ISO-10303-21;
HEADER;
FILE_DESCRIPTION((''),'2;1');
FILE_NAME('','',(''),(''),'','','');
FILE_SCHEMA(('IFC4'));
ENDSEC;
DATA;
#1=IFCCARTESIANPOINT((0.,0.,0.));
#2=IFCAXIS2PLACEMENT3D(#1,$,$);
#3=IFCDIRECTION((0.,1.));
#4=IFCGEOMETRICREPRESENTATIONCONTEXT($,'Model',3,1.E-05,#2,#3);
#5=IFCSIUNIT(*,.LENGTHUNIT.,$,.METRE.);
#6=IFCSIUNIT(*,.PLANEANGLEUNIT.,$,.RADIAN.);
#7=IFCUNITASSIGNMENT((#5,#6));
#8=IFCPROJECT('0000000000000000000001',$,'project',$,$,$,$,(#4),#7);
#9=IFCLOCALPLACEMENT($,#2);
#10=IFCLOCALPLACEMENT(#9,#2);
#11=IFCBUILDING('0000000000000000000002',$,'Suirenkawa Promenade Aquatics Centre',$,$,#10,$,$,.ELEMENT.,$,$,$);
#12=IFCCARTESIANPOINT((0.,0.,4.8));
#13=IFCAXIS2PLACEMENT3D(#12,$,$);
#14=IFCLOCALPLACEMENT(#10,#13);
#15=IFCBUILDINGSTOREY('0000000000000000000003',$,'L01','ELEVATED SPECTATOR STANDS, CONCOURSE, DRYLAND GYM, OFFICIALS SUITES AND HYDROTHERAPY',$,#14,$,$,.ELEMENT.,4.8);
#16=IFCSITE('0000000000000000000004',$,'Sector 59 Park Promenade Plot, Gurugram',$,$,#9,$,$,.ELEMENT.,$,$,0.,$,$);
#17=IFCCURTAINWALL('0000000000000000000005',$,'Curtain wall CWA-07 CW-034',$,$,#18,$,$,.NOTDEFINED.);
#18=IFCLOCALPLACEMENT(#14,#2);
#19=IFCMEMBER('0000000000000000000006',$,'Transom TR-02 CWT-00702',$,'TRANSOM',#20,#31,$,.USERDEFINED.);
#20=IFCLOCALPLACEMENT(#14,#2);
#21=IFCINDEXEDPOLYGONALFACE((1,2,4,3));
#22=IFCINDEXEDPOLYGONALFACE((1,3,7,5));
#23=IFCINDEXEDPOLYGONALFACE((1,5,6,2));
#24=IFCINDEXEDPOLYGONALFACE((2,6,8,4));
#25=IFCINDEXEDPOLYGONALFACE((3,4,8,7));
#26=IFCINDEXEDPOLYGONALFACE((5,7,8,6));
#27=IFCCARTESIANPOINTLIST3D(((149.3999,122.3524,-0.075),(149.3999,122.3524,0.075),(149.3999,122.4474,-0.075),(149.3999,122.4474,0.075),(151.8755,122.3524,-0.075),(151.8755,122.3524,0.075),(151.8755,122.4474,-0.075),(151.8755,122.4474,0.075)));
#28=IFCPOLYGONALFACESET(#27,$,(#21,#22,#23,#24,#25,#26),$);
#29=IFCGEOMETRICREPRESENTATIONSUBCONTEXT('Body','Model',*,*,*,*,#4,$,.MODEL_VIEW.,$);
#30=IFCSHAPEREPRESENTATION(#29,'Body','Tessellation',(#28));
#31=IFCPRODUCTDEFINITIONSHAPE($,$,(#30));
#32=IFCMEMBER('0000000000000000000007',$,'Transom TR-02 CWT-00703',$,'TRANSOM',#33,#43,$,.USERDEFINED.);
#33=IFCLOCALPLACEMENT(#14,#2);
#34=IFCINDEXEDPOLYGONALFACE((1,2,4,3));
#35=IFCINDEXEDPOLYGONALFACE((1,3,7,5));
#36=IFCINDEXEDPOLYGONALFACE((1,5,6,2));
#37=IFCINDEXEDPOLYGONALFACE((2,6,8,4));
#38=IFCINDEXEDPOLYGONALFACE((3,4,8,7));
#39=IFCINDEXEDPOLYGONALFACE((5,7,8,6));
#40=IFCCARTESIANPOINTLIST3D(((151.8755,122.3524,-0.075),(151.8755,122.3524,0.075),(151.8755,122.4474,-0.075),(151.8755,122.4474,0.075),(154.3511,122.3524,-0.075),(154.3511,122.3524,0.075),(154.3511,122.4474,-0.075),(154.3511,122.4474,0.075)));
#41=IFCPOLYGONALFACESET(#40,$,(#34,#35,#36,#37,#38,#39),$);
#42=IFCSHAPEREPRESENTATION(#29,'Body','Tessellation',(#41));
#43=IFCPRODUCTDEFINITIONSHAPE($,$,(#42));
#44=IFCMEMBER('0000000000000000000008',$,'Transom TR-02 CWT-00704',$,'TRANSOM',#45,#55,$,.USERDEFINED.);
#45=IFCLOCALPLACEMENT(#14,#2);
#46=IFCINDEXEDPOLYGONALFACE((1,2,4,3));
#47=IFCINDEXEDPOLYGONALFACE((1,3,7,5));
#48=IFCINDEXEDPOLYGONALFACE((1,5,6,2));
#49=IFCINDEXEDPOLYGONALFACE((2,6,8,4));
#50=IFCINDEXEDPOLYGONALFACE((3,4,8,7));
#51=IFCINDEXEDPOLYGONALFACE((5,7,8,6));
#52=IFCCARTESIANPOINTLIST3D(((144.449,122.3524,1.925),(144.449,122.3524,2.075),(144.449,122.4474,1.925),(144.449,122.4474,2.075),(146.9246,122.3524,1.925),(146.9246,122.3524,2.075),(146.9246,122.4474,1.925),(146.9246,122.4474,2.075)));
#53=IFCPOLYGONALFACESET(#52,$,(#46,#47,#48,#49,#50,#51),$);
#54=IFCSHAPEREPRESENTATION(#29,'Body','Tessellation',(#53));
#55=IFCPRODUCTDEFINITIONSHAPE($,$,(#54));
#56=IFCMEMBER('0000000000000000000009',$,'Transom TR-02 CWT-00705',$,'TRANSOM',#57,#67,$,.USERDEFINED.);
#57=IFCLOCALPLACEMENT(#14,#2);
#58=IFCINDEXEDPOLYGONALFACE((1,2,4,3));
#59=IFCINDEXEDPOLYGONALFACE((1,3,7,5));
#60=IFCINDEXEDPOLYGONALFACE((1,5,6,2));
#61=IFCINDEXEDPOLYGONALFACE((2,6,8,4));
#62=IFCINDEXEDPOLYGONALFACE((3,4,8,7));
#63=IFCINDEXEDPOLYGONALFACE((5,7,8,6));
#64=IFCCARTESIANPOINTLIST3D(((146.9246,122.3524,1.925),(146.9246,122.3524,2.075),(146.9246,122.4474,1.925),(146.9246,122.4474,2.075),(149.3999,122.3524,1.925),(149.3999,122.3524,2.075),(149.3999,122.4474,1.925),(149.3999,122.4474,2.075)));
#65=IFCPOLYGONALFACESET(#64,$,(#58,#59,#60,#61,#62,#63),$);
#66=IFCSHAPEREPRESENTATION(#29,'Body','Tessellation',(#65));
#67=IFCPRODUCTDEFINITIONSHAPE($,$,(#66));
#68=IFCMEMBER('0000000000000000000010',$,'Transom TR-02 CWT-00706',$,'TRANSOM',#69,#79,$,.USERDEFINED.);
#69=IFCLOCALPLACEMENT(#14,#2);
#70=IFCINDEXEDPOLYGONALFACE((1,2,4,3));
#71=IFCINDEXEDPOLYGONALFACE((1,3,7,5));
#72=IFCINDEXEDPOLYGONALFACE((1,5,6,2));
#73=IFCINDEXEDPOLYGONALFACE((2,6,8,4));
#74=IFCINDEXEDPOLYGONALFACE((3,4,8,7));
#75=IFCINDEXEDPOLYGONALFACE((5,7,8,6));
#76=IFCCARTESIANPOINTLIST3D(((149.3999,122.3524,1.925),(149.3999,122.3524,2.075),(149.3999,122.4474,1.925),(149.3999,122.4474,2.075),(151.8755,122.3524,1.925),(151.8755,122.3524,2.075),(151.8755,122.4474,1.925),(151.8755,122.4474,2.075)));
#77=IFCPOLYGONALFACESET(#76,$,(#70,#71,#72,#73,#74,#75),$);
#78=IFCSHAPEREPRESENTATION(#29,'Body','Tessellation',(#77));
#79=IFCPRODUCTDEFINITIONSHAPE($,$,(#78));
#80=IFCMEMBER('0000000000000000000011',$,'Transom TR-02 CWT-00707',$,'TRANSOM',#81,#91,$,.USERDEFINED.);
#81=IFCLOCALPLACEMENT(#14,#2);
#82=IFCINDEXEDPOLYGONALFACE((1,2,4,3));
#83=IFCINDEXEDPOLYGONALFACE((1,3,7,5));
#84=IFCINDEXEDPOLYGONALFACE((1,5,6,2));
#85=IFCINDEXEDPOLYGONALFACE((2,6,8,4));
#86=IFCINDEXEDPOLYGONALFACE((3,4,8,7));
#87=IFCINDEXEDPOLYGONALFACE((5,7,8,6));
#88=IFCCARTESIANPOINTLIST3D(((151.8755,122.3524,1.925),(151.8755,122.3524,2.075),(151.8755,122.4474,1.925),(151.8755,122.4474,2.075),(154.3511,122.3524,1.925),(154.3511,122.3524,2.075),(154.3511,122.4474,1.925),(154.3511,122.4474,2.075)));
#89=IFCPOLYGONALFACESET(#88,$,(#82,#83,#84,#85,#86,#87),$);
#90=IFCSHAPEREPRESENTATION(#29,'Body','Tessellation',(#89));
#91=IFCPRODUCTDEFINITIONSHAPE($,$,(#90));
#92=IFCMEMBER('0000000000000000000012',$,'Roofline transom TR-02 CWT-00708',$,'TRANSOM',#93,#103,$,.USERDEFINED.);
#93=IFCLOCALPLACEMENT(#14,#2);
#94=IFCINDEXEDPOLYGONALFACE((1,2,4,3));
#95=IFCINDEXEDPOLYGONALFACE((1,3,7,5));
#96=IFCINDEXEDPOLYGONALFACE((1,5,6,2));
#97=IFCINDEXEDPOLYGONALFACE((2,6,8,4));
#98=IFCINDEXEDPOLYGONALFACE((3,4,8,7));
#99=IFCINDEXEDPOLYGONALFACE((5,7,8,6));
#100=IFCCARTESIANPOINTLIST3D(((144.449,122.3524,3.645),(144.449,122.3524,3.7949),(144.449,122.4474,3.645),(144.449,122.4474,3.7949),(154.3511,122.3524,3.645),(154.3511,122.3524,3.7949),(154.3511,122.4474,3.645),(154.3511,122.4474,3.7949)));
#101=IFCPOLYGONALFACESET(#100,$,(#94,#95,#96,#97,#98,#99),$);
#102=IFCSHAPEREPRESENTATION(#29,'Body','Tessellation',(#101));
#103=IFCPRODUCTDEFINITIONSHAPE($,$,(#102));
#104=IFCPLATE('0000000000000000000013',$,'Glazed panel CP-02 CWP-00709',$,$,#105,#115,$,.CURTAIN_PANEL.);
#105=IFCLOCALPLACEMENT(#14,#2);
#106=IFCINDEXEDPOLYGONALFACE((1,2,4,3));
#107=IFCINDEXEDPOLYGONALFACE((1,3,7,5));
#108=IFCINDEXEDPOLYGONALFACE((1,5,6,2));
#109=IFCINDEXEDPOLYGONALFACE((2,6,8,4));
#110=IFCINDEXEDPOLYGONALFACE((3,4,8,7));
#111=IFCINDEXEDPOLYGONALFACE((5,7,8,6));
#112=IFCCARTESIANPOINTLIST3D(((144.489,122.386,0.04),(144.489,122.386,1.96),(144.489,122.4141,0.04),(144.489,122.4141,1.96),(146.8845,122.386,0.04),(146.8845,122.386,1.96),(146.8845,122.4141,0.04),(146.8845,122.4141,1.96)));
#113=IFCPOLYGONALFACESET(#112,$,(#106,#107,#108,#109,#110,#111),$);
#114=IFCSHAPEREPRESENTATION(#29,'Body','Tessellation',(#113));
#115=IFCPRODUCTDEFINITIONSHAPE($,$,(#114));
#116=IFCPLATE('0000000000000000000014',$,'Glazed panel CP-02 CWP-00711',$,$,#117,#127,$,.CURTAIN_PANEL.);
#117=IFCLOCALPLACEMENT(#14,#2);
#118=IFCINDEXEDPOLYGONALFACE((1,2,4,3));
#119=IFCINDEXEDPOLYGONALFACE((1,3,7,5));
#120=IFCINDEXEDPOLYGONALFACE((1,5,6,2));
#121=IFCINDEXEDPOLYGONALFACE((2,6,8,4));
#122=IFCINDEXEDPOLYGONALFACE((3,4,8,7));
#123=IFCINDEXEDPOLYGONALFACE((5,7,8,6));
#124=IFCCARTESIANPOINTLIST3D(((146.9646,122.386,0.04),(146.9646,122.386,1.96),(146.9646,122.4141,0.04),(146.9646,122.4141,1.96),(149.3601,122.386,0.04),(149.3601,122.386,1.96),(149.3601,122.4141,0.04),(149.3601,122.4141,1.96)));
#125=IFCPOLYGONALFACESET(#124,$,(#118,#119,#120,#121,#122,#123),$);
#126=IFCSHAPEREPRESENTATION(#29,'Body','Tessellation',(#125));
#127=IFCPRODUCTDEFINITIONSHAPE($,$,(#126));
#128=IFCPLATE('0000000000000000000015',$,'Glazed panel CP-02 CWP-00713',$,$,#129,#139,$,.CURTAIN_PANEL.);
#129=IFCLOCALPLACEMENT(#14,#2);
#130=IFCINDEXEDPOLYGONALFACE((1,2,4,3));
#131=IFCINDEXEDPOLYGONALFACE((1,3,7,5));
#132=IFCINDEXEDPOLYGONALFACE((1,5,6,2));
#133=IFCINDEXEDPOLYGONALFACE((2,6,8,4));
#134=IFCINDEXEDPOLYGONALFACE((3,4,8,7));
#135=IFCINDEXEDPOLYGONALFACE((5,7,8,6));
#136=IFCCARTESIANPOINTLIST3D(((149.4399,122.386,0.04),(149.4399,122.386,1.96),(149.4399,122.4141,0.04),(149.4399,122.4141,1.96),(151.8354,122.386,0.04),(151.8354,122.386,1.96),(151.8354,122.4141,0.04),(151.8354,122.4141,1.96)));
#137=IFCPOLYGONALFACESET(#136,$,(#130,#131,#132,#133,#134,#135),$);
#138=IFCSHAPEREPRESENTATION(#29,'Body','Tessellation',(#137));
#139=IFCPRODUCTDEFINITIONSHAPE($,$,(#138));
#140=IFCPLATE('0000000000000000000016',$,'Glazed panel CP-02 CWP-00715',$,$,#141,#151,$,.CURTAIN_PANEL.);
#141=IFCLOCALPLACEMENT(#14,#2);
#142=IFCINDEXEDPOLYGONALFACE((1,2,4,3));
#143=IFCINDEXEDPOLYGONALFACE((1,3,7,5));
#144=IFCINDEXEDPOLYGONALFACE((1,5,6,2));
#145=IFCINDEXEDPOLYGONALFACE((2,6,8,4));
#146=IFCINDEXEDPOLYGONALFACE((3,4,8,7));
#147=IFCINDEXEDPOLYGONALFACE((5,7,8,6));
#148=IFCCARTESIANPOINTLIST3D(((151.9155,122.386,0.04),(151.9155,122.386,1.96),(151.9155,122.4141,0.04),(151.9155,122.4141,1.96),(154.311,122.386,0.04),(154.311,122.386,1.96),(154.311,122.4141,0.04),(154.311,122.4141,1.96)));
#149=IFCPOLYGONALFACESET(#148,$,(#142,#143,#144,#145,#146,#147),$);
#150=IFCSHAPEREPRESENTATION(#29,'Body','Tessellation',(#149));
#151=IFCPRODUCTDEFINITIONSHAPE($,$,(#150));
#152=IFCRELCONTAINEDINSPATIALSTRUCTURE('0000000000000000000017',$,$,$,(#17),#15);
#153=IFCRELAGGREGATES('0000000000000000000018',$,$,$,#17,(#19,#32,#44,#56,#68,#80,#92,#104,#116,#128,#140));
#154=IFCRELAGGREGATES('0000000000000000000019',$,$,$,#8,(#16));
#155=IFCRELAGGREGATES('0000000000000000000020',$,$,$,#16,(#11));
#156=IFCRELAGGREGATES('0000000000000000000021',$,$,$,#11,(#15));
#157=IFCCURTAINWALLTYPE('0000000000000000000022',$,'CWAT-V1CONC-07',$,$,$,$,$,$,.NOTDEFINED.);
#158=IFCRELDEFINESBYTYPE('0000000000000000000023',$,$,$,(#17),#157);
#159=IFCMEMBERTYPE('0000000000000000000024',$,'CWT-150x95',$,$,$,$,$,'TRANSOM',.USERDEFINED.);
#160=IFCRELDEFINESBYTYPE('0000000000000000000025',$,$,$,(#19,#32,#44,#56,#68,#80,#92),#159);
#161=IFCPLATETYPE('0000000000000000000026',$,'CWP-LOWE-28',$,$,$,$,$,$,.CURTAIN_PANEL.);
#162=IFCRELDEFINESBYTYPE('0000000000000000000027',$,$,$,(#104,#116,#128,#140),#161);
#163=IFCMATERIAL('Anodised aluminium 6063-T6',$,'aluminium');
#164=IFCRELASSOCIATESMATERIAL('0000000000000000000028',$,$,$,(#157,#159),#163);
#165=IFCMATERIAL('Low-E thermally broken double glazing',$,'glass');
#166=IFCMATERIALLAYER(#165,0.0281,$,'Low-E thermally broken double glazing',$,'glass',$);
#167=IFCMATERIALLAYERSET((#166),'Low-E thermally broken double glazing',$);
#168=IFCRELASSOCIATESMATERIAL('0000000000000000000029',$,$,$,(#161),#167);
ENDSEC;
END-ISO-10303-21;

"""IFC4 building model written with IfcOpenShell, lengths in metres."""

from ifc_helpers import new_model, si_unit, direction, frame, origin, origin_2d, place, context, subcontext, project, spatial, polyline, rectangle, outline, extrude, material, layer, layer_set, material_profile, profile_set, type_object, element, aggregate, save


model = new_model("IFC4")

# Units and contexts
model_context = context("Model", 3, precision=1e-05, world=origin(), true_north=direction((0.0, 1.0)))
body_context = subcontext(model_context, "Body", "Model", "MODEL_VIEW")
ifc_project = project(units=[si_unit("LENGTHUNIT", "METRE"), si_unit("PLANEANGLEUNIT", "RADIAN")], contexts=[model_context])

# Site, building, storey
site_placement = place(None, origin())
site = spatial("IfcSite", under=ifc_project, at=site_placement, Name="Sector 59 Park Promenade Plot, Gurugram", CompositionType="ELEMENT", RefElevation=0.0)
building_placement = place(site_placement, origin())
building = spatial("IfcBuilding", under=site, at=building_placement, Name="Suirenkawa Promenade Aquatics Centre", CompositionType="ELEMENT")
storey_placement = place(building_placement, frame((0.0, 0.0, 4.8)))
storey = spatial("IfcBuildingStorey", under=building, at=storey_placement, Name="L01", Description="ELEVATED SPECTATOR STANDS, CONCOURSE, DRYLAND GYM, OFFICIALS SUITES AND HYDROTHERAPY", CompositionType="ELEMENT", Elevation=4.8)

# Curtain wall
ifc_material_1 = material(Name="Anodised aluminium 6063-T6", Category="aluminium")
curtain_wall_type_1 = type_object("IfcCurtainWallType", Name="CWAT-V1CONC-07", PredefinedType="NOTDEFINED", material=ifc_material_1)
curtain_wall_1_placement = place(storey_placement, origin())
curtain_wall_1 = element("IfcCurtainWall", 1, at=curtain_wall_1_placement, inside=storey, type_object=curtain_wall_type_1, Name="Curtain wall CWA-07 CW-034", PredefinedType="NOTDEFINED")

# Members
ifc_material_profile_1 = material_profile(ifc_material_1, rectangle(XDim=0.095, YDim=0.1499, at=origin_2d()), Name="ALU TRAN 95x150", Category="aluminium")
ifc_profile_set_1 = profile_set([ifc_material_profile_1], Name="Anodised aluminium 6063-T6")
member_type_1 = type_object("IfcMemberType", Name="CWT-150x95", ElementType="TRANSOM", PredefinedType="USERDEFINED", material=ifc_profile_set_1)
member_1_placement = place(storey_placement, frame((149.3999, 122.3999, 0.0), z_axis=(1.0, 0.0, 0.0), x_axis=(0.0, 1.0, 0.0)))
member_1 = element("IfcMember", 2, at=member_1_placement, type_object=member_type_1, Name="Transom TR-02 CWT-00702", ObjectType="TRANSOM", PredefinedType="USERDEFINED", context=body_context, shape_type="SweptSolid", body=[
    extrude(rectangle(XDim=0.095, YDim=0.1499, at=origin_2d()), origin(), (0.0, 0.0, 1.0), 2.4756),
])
member_2_placement = place(storey_placement, frame((151.8755, 122.3999, 0.0), z_axis=(1.0, 0.0, 0.0), x_axis=(0.0, 1.0, 0.0)))
member_2 = element("IfcMember", 3, at=member_2_placement, type_object=member_type_1, Name="Transom TR-02 CWT-00703", ObjectType="TRANSOM", PredefinedType="USERDEFINED", context=body_context, shape_type="SweptSolid", body=[
    extrude(rectangle(XDim=0.095, YDim=0.1499, at=origin_2d()), origin(), (0.0, 0.0, 1.0), 2.4756),
])
member_3_placement = place(storey_placement, frame((144.449, 122.3999, 2.0), z_axis=(1.0, 0.0, 0.0), x_axis=(0.0, 1.0, 0.0)))
member_3 = element("IfcMember", 4, at=member_3_placement, type_object=member_type_1, Name="Transom TR-02 CWT-00704", ObjectType="TRANSOM", PredefinedType="USERDEFINED", context=body_context, shape_type="SweptSolid", body=[
    extrude(rectangle(XDim=0.095, YDim=0.1499, at=origin_2d()), origin(), (0.0, 0.0, 1.0), 2.4756),
])
member_4_placement = place(storey_placement, frame((146.9246, 122.3999, 2.0), z_axis=(1.0, 0.0, 0.0), x_axis=(0.0, 1.0, 0.0)))
member_4 = element("IfcMember", 5, at=member_4_placement, type_object=member_type_1, Name="Transom TR-02 CWT-00705", ObjectType="TRANSOM", PredefinedType="USERDEFINED", context=body_context, shape_type="SweptSolid", body=[
    extrude(rectangle(XDim=0.095, YDim=0.1499, at=origin_2d()), origin(), (0.0, 0.0, 1.0), 2.4753),
])
member_5_placement = place(storey_placement, frame((149.3999, 122.3999, 2.0), z_axis=(1.0, 0.0, 0.0), x_axis=(0.0, 1.0, 0.0)))
member_5 = element("IfcMember", 6, at=member_5_placement, type_object=member_type_1, Name="Transom TR-02 CWT-00706", ObjectType="TRANSOM", PredefinedType="USERDEFINED", context=body_context, shape_type="SweptSolid", body=[
    extrude(rectangle(XDim=0.095, YDim=0.1499, at=origin_2d()), origin(), (0.0, 0.0, 1.0), 2.4756),
])
member_6_placement = place(storey_placement, frame((151.8755, 122.3999, 2.0), z_axis=(1.0, 0.0, 0.0), x_axis=(0.0, 1.0, 0.0)))
member_6 = element("IfcMember", 7, at=member_6_placement, type_object=member_type_1, Name="Transom TR-02 CWT-00707", ObjectType="TRANSOM", PredefinedType="USERDEFINED", context=body_context, shape_type="SweptSolid", body=[
    extrude(rectangle(XDim=0.095, YDim=0.1499, at=origin_2d()), origin(), (0.0, 0.0, 1.0), 2.4756),
])
member_7_placement = place(storey_placement, frame((144.449, 122.3999, 3.72), z_axis=(1.0, 0.0, 0.0), x_axis=(0.0, 1.0, 0.0)))
member_7 = element("IfcMember", 8, at=member_7_placement, type_object=member_type_1, Name="Roofline transom TR-02 CWT-00708", ObjectType="TRANSOM", PredefinedType="USERDEFINED", context=body_context, shape_type="SweptSolid", body=[
    extrude(rectangle(XDim=0.095, YDim=0.1499, at=origin_2d()), origin(), (0.0, 0.0, 1.0), 9.9021),
])

# Plates
ifc_material_2 = material(Name="Low-E thermally broken double glazing", Category="glass")
ifc_layer_1 = layer(ifc_material_2, 0.0281, Name="Low-E thermally broken double glazing", Category="glass")
ifc_layer_set_1 = layer_set([ifc_layer_1], Name="Low-E thermally broken double glazing")
plate_type_1 = type_object("IfcPlateType", Name="CWP-LOWE-28", PredefinedType="CURTAIN_PANEL", material=ifc_layer_set_1)
plate_1_placement = place(storey_placement, frame((144.449, 122.3999, 0.04), z_axis=(0.0, 0.0, 1.0), x_axis=(1.0, 0.0, 0.0)))
plate_1 = element("IfcPlate", 9, at=plate_1_placement, type_object=plate_type_1, Name="Glazed panel CP-02 CWP-00709", PredefinedType="CURTAIN_PANEL", context=body_context, shape_type="SweptSolid", body=[
    extrude(outline(polyline([(0.04, 0.0), (2.4355, 0.0), (2.4355, 1.9199), (0.04, 1.9199), (0.04, 0.0)])), frame((0.0, 0.0142, 0.0), z_axis=(0.0, -1.0, 0.0), x_axis=(1.0, 0.0, 0.0)), (0.0, 0.0, 1.0), 0.0281),
])
plate_2_placement = place(storey_placement, frame((146.9246, 122.3999, 0.04), z_axis=(0.0, 0.0, 1.0), x_axis=(1.0, 0.0, 0.0)))
plate_2 = element("IfcPlate", 10, at=plate_2_placement, type_object=plate_type_1, Name="Glazed panel CP-02 CWP-00711", PredefinedType="CURTAIN_PANEL", context=body_context, shape_type="SweptSolid", body=[
    extrude(outline(polyline([(0.04, 0.0), (2.4355, 0.0), (2.4355, 1.9199), (0.04, 1.9199), (0.04, 0.0)])), frame((0.0, 0.0142, 0.0), z_axis=(0.0, -1.0, 0.0), x_axis=(1.0, 0.0, 0.0)), (0.0, 0.0, 1.0), 0.0281),
])
plate_3_placement = place(storey_placement, frame((149.3999, 122.3999, 0.04), z_axis=(0.0, 0.0, 1.0), x_axis=(1.0, 0.0, 0.0)))
plate_3 = element("IfcPlate", 11, at=plate_3_placement, type_object=plate_type_1, Name="Glazed panel CP-02 CWP-00713", PredefinedType="CURTAIN_PANEL", context=body_context, shape_type="SweptSolid", body=[
    extrude(outline(polyline([(0.04, 0.0), (2.4355, 0.0), (2.4355, 1.9199), (0.04, 1.9199), (0.04, 0.0)])), frame((0.0, 0.0142, 0.0), z_axis=(0.0, -1.0, 0.0), x_axis=(1.0, 0.0, 0.0)), (0.0, 0.0, 1.0), 0.0281),
])
plate_4_placement = place(storey_placement, frame((151.8755, 122.3999, 0.04), z_axis=(0.0, 0.0, 1.0), x_axis=(1.0, 0.0, 0.0)))
plate_4 = element("IfcPlate", 12, at=plate_4_placement, type_object=plate_type_1, Name="Glazed panel CP-02 CWP-00715", PredefinedType="CURTAIN_PANEL", context=body_context, shape_type="SweptSolid", body=[
    extrude(outline(polyline([(0.04, 0.0), (2.4355, 0.0), (2.4355, 1.9199), (0.04, 1.9199), (0.04, 0.0)])), frame((0.0, 0.0142, 0.0), z_axis=(0.0, -1.0, 0.0), x_axis=(1.0, 0.0, 0.0)), (0.0, 0.0, 1.0), 0.0281),
])
aggregate(curtain_wall_1, [member_1, member_2, member_3, member_4, member_5, member_6, member_7, plate_1, plate_2, plate_3, plate_4])

save(model, "model.ifc")
